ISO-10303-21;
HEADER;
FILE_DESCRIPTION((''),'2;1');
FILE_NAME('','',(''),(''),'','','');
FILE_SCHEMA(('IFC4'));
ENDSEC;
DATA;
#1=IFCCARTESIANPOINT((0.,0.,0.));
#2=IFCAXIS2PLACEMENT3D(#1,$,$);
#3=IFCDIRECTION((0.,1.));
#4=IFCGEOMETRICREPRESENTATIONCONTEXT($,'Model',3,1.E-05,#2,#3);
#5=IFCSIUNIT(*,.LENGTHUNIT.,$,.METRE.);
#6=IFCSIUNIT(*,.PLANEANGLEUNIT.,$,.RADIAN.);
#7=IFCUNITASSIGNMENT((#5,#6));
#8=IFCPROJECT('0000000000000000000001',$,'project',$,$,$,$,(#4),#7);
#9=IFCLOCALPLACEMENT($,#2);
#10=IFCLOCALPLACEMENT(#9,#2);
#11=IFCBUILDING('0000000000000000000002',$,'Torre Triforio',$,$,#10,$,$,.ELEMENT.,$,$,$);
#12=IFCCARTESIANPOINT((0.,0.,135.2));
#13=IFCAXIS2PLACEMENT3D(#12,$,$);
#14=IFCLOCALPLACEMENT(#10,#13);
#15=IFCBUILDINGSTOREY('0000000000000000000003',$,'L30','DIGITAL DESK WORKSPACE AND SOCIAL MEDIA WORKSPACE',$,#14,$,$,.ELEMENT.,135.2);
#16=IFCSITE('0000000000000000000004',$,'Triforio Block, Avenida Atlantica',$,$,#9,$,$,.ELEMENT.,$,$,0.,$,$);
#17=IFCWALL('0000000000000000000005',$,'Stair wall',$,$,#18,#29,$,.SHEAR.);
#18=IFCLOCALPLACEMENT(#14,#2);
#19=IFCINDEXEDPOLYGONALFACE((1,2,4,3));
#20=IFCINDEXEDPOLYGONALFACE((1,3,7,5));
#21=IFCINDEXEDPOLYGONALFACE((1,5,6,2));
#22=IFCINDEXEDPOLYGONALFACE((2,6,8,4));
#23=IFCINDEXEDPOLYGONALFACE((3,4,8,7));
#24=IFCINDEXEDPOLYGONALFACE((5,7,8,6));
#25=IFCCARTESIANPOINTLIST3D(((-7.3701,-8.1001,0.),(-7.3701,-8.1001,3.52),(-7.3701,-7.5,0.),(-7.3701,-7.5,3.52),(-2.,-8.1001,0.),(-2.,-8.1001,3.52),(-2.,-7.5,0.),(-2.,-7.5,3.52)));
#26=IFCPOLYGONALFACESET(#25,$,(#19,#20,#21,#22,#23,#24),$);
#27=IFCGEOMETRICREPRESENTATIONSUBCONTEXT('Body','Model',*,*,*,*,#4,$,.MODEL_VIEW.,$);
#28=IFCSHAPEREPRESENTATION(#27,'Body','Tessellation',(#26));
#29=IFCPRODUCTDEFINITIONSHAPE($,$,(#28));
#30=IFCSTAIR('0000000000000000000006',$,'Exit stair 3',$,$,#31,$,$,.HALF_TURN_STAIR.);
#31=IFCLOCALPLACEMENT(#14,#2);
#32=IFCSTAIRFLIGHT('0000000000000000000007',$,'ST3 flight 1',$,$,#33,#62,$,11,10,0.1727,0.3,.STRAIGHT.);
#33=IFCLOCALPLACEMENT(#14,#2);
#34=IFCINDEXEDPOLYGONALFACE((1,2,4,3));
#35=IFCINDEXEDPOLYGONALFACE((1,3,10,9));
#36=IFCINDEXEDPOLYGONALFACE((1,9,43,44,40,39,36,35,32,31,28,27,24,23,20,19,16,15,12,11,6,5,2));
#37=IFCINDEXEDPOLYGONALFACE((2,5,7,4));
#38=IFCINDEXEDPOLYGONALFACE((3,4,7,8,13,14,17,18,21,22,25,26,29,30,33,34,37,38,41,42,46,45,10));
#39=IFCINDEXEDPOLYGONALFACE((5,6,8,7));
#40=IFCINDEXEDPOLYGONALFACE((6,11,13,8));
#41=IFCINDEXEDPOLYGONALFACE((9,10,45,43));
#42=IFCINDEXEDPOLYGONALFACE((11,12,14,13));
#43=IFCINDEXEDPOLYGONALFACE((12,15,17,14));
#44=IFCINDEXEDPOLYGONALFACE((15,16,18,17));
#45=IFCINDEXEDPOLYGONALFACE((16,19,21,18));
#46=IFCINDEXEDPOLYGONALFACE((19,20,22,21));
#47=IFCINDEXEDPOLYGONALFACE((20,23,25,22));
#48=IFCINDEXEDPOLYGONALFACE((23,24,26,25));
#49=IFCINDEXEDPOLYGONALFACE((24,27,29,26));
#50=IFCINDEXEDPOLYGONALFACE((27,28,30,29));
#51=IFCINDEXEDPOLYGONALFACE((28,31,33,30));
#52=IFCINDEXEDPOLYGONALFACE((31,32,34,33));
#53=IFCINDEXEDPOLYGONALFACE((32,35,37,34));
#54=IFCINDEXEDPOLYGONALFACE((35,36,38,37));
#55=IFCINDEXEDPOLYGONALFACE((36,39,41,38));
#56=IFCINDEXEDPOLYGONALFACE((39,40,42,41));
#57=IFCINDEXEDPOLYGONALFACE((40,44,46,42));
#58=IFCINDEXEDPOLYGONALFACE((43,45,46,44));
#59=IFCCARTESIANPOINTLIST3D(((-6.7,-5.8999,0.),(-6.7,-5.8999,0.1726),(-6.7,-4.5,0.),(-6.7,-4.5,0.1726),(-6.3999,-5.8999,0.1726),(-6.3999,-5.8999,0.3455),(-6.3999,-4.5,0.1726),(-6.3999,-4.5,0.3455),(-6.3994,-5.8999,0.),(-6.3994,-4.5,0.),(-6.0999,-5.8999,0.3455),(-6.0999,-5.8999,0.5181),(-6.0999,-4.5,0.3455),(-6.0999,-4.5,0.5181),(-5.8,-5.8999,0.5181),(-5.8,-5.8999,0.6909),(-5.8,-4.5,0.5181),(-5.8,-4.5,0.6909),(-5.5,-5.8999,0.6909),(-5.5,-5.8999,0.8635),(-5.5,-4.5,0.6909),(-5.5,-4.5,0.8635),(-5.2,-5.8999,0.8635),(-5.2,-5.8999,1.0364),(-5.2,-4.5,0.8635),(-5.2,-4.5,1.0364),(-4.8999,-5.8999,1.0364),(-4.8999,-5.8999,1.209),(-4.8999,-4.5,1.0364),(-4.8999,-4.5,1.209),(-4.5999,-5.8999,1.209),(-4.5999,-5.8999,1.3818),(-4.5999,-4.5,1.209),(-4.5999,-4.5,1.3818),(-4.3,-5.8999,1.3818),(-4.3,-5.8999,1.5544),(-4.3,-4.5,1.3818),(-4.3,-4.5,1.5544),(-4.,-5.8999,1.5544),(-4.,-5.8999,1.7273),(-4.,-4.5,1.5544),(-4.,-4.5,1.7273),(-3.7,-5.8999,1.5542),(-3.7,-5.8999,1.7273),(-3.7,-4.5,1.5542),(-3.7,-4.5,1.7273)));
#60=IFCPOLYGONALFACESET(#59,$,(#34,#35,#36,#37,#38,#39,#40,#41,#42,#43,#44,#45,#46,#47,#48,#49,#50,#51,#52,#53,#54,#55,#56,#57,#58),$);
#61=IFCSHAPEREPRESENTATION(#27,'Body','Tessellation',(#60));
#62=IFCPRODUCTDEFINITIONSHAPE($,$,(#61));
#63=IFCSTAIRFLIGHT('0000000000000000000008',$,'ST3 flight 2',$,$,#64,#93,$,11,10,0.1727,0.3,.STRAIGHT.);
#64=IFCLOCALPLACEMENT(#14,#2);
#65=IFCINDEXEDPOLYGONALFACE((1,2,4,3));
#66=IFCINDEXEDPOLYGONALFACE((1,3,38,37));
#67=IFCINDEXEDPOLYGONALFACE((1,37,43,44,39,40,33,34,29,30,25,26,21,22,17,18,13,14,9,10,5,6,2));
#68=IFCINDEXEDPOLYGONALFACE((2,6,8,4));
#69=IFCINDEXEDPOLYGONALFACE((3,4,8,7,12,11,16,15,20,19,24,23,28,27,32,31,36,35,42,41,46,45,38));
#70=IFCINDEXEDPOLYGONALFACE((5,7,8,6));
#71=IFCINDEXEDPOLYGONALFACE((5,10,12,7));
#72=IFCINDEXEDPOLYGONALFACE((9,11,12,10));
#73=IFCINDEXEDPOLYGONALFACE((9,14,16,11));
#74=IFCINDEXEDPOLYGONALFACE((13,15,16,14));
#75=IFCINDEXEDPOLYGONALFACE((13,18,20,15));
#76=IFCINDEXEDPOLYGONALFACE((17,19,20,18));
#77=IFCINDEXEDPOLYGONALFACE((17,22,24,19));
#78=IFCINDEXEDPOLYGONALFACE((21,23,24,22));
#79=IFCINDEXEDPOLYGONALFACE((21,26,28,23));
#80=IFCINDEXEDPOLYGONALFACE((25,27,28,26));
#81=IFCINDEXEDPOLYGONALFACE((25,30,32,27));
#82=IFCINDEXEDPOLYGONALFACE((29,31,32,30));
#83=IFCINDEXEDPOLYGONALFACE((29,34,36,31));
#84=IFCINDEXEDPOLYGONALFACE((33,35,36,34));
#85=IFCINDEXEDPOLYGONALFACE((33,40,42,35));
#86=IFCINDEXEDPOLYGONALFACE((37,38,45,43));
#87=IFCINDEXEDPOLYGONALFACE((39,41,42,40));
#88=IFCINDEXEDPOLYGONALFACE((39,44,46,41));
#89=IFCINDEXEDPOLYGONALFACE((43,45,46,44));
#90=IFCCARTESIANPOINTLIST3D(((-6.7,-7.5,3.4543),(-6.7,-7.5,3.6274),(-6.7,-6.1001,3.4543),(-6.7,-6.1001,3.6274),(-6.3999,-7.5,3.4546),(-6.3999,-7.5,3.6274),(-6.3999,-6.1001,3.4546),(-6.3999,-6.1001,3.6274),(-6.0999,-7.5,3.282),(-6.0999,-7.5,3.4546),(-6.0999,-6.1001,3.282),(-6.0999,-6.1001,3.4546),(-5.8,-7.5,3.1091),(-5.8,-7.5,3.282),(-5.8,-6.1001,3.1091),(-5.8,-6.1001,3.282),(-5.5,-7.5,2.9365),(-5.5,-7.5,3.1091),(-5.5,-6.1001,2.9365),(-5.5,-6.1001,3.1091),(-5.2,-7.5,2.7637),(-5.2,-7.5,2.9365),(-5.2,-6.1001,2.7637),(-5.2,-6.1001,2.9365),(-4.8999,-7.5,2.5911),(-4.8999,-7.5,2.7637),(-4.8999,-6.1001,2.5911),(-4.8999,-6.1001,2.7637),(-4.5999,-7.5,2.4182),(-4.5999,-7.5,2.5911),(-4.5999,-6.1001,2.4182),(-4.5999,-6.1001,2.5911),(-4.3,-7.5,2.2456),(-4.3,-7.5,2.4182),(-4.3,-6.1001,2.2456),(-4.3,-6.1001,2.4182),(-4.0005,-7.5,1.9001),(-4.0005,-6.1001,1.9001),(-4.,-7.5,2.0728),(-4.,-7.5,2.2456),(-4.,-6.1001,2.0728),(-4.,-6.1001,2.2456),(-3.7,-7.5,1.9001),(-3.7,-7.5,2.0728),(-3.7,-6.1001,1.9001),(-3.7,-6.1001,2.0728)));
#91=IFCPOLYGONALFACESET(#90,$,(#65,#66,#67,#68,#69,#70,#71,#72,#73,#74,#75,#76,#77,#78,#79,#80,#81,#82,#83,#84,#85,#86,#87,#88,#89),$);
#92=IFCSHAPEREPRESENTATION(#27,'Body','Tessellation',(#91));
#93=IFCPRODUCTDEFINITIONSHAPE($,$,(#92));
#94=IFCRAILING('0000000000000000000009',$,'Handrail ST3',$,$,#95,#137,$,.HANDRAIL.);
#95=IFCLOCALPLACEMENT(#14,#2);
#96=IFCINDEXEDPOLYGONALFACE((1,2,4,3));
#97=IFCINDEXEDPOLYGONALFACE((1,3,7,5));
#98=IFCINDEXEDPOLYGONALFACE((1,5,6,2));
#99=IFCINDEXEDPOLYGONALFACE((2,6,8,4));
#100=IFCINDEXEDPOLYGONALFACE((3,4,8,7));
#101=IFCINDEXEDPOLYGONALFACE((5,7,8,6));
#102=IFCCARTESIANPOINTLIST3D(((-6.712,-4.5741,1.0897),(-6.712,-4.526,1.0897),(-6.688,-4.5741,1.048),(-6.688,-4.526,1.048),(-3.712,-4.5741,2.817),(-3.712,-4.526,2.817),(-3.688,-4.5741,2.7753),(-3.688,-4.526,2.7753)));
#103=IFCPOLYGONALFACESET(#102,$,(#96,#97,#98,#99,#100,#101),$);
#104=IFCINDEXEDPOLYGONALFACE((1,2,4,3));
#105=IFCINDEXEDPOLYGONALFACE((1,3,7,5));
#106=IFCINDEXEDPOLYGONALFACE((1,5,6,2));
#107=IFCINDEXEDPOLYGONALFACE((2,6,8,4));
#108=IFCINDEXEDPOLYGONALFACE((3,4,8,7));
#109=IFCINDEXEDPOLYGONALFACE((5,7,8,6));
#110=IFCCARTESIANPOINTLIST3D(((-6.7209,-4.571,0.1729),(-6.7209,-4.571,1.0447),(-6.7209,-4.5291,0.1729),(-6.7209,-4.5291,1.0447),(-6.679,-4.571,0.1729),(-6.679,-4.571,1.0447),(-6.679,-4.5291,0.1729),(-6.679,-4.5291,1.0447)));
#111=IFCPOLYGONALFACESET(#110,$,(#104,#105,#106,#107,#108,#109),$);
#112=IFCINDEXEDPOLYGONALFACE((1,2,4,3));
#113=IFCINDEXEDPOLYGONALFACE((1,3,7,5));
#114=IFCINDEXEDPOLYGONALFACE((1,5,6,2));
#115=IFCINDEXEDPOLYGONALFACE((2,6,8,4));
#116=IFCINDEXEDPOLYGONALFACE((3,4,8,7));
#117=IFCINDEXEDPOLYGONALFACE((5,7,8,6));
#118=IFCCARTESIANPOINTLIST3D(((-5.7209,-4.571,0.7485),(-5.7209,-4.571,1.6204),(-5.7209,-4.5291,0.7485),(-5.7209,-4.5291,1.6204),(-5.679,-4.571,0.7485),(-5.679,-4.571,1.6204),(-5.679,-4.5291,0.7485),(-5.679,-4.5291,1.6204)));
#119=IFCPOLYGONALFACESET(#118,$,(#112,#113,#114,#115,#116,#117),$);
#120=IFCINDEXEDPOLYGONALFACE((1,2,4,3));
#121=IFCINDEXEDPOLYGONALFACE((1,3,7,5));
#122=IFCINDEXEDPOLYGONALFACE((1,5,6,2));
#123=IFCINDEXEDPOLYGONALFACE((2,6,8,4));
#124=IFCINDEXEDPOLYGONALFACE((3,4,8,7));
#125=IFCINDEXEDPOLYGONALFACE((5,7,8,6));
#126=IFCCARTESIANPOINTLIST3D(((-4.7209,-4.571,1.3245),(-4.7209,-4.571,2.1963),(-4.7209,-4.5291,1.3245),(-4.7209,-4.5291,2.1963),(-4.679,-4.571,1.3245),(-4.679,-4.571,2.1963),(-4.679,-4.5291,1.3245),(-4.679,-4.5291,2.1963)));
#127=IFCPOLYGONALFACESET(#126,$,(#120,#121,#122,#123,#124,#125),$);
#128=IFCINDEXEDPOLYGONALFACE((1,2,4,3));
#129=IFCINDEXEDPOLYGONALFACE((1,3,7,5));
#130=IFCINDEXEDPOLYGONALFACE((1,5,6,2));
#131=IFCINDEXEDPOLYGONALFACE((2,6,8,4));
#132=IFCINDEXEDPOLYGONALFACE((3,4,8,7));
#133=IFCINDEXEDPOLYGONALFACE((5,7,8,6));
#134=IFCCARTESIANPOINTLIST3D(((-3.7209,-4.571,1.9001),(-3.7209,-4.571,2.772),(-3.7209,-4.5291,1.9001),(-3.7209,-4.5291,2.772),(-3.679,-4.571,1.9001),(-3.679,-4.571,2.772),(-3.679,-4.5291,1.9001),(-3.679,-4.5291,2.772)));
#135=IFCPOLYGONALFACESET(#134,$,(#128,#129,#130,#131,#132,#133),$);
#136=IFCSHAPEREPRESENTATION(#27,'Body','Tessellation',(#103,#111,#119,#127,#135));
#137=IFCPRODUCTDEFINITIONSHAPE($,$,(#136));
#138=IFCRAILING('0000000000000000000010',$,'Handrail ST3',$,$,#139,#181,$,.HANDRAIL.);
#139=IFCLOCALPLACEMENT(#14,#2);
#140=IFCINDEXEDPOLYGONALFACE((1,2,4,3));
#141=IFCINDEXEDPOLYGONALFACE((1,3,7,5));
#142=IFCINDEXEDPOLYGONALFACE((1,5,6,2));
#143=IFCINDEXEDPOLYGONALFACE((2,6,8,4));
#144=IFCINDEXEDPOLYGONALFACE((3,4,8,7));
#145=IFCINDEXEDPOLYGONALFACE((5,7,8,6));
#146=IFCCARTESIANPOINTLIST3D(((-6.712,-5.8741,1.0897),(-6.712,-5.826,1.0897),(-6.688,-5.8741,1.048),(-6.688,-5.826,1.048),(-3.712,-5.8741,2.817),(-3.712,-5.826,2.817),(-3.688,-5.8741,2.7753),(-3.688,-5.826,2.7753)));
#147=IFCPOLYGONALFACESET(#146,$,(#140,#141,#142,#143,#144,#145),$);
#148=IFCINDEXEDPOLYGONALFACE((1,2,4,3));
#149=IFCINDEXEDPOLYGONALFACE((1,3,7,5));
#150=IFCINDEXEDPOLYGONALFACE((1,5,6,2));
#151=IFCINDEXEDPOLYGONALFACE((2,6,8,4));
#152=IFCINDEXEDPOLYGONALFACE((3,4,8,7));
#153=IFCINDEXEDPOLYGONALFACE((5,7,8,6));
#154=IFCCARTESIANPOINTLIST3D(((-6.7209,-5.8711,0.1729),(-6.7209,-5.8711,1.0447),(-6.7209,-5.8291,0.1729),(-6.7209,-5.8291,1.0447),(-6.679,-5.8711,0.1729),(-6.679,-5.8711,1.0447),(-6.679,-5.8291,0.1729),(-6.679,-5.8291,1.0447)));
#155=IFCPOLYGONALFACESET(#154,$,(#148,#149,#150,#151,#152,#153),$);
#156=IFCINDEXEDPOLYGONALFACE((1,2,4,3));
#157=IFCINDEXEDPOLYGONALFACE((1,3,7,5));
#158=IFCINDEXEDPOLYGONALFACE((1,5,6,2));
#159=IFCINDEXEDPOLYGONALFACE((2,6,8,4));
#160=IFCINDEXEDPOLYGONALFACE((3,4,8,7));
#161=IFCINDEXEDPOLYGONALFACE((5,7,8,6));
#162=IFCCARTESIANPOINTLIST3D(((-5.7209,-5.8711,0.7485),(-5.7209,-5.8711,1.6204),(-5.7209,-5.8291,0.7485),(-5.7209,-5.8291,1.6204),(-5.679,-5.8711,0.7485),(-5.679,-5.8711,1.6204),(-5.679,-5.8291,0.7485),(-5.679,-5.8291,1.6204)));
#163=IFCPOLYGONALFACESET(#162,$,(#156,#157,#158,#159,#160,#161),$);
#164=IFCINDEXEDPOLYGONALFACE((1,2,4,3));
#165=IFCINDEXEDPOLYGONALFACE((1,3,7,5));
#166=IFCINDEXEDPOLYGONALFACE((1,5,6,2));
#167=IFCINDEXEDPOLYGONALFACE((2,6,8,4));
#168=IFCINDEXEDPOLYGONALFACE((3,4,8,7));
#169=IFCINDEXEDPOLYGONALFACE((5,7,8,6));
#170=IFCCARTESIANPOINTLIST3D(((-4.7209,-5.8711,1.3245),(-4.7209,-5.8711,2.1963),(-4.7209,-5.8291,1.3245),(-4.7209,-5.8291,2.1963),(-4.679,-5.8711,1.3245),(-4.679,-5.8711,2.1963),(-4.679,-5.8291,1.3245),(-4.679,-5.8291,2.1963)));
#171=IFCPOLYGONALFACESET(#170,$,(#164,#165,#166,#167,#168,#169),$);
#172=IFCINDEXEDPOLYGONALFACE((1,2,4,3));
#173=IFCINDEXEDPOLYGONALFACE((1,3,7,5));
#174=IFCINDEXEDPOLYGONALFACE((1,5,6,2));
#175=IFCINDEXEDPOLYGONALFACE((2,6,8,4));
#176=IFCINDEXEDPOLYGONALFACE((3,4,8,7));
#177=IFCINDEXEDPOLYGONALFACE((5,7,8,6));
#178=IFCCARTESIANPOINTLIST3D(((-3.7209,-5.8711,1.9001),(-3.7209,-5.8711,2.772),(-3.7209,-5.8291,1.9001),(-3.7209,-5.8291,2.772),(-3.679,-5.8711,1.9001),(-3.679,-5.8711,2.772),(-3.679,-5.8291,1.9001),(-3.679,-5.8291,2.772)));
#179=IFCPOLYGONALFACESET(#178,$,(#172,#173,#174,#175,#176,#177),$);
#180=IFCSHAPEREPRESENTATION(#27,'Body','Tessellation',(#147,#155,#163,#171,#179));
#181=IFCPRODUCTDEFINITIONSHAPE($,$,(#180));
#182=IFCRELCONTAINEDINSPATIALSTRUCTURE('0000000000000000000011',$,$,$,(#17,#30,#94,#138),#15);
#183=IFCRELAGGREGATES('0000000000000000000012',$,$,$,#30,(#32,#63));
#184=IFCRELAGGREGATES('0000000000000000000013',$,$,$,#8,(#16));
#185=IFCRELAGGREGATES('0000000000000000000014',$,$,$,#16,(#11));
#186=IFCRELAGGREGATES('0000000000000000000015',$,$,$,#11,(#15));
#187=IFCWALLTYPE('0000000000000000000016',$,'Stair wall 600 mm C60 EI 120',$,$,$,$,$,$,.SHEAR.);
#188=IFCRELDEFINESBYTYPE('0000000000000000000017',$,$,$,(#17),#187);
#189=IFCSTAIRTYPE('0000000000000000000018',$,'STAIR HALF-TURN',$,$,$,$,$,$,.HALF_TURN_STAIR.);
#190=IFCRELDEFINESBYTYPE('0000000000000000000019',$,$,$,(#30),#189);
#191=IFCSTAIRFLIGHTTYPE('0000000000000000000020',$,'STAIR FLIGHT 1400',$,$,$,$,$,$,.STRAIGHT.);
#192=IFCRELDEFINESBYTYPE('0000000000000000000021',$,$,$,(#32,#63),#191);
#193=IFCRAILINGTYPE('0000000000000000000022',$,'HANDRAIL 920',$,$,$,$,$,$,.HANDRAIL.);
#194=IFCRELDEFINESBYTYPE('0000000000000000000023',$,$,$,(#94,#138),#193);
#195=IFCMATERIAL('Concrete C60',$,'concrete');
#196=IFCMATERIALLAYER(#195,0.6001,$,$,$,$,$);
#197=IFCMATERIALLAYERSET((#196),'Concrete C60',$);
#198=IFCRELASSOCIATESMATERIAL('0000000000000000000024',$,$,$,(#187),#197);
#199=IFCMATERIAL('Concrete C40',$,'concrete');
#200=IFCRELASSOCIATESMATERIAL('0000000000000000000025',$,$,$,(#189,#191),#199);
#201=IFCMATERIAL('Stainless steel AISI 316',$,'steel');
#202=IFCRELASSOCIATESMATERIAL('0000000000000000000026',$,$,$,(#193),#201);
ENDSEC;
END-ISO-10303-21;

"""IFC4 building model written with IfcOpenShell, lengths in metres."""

from ifc_helpers import new_model, si_unit, direction, frame, frame_2d, origin, origin_2d, place, context, subcontext, project, spatial, polyline, rectangle, outline, extrude, material, layer, layer_set, type_object, element, aggregate, save


model = new_model("IFC4")

# Units and contexts
model_context = context("Model", 3, precision=1e-05, world=origin(), true_north=direction((0.0, 1.0)))
body_context = subcontext(model_context, "Body", "Model", "MODEL_VIEW")
ifc_project = project(units=[si_unit("LENGTHUNIT", "METRE"), si_unit("PLANEANGLEUNIT", "RADIAN")], contexts=[model_context])

# Site, building, storey
site_placement = place(None, origin())
site = spatial("IfcSite", under=ifc_project, at=site_placement, Name="Triforio Block, Avenida Atlantica", CompositionType="ELEMENT", RefElevation=0.0)
building_placement = place(site_placement, origin())
building = spatial("IfcBuilding", under=site, at=building_placement, Name="Torre Triforio", CompositionType="ELEMENT")
storey_placement = place(building_placement, frame((0.0, 0.0, 135.2)))
storey = spatial("IfcBuildingStorey", under=building, at=storey_placement, Name="L30", Description="DIGITAL DESK WORKSPACE AND SOCIAL MEDIA WORKSPACE", CompositionType="ELEMENT", Elevation=135.2)

# Shared definitions
ifc_material_1 = material(Name="Concrete C60", Category="concrete")

# Wall
ifc_layer_1 = layer(ifc_material_1, 0.6001)
ifc_layer_set_1 = layer_set([ifc_layer_1], Name="Concrete C60")
wall_type_1 = type_object("IfcWallType", Name="Stair wall 600 mm C60 EI 120", PredefinedType="SHEAR", material=ifc_layer_set_1)
wall_1_placement = place(storey_placement, frame((-7.3701, -7.8, 0.0), z_axis=(0.0, 0.0, 1.0), x_axis=(1.0, 0.0, 0.0)))
element("IfcWall", 1, at=wall_1_placement, inside=storey, type_object=wall_type_1, Name="Stair wall", PredefinedType="SHEAR", context=body_context, shape_type="SweptSolid", body=[
    extrude(rectangle(XDim=5.3701, YDim=0.6001, at=frame_2d((2.6851, 0.0))), origin(), (0.0, 0.0, 1.0), 3.52),
])

# Stair, stair flights
ifc_material_2 = material(Name="Concrete C40", Category="concrete")
stair_type = type_object("IfcStairType", Name="STAIR HALF-TURN", PredefinedType="HALF_TURN_STAIR", material=ifc_material_2)
stair_placement = place(storey_placement, origin())
stair = element("IfcStair", 2, at=stair_placement, inside=storey, type_object=stair_type, Name="Exit stair 3", PredefinedType="HALF_TURN_STAIR")
stair_flight_type = type_object("IfcStairFlightType", Name="STAIR FLIGHT 1400", PredefinedType="STRAIGHT", material=ifc_material_2)
stair_flight_1_placement = place(storey_placement, frame((-6.7, -5.2, 0.0), z_axis=(0.0, 0.0, 1.0), x_axis=(1.0, 0.0, 0.0)))
stair_flight_1 = element("IfcStairFlight", 3, at=stair_flight_1_placement, type_object=stair_flight_type, Name="ST3 flight 1", NumberOfRisers=11, NumberOfTreads=10, PredefinedType="STRAIGHT", RiserHeight=0.1727, TreadLength=0.3, context=body_context, shape_type="SweptSolid", body=[
    extrude(outline(polyline([(0.0, 0.0), (0.0, 0.1726), (0.3, 0.1726), (0.3, 0.3455), (0.6001, 0.3455), (0.6001, 0.5181), (0.8999, 0.5181), (0.8999, 0.6909), (1.2, 0.6909), (1.2, 0.8635), (1.5, 0.8635), (1.5, 1.0364), (1.8, 1.0364), (1.8, 1.209), (2.1001, 1.209), (2.1001, 1.3818), (2.3999, 1.3818), (2.3999, 1.5544), (2.7, 1.5544), (2.7, 1.7273), (3.0, 1.7273), (3.0, 1.8999), (3.0, 1.5542), (0.3005, 0.0), (0.0, 0.0)])), frame((0.0, 0.7, 0.0), z_axis=(0.0, -1.0, 0.0), x_axis=(1.0, 0.0, 0.0)), (0.0, 0.0, 1.0), 1.3999),
])
stair_flight_2_placement = place(storey_placement, frame((-3.7, -6.8, 1.9001), z_axis=(0.0, 0.0, 1.0), x_axis=(-1.0, 0.0, 0.0)))
stair_flight_2 = element("IfcStairFlight", 4, at=stair_flight_2_placement, type_object=stair_flight_type, Name="ST3 flight 2", NumberOfRisers=11, NumberOfTreads=10, PredefinedType="STRAIGHT", RiserHeight=0.1727, TreadLength=0.3, context=body_context, shape_type="SweptSolid", body=[
    extrude(outline(polyline([(0.0, 0.0), (0.0, 0.1726), (0.3, 0.1726), (0.3, 0.3455), (0.6001, 0.3455), (0.6001, 0.5181), (0.8999, 0.5181), (0.8999, 0.6909), (1.2, 0.6909), (1.2, 0.8635), (1.5, 0.8635), (1.5, 1.0364), (1.8, 1.0364), (1.8, 1.209), (2.1001, 1.209), (2.1001, 1.3818), (2.3999, 1.3818), (2.3999, 1.5544), (2.7, 1.5544), (2.7, 1.7273), (3.0, 1.7273), (3.0, 1.8999), (3.0, 1.5542), (0.3005, 0.0), (0.0, 0.0)])), frame((0.0, 0.7, 0.0), z_axis=(0.0, -1.0, 0.0), x_axis=(1.0, 0.0, 0.0)), (0.0, 0.0, 1.0), 1.3999),
])
aggregate(stair, [stair_flight_1, stair_flight_2])

# Railings
ifc_material_3 = material(Name="Stainless steel AISI 316", Category="steel")
railing_type = type_object("IfcRailingType", Name="HANDRAIL 920", PredefinedType="HANDRAIL", material=ifc_material_3)
for number, where, name in (
    (5, (-6.7, -4.55, 0.1729), "Handrail ST3"),
    (6, (-6.7, -5.8501, 0.1729), "Handrail ST3"),
):
    element("IfcRailing", number, at=place(storey_placement, frame(where)), inside=storey, type_object=railing_type, Name=name, PredefinedType="HANDRAIL", context=body_context, shape_type="SweptSolid", body=[
        extrude(rectangle(XDim=0.0481, YDim=0.0481, at=origin_2d()), frame((0.0, 0.0, 0.896), z_axis=(0.86662, 0.0, 0.498969), x_axis=(0.0, 1.0, 0.0)), (0.0, 0.0, 1.0), 3.4617),
        extrude(rectangle(XDim=0.042, YDim=0.042, at=origin_2d()), origin(), (0.0, 0.0, 1.0), 0.8718),
        extrude(rectangle(XDim=0.042, YDim=0.042, at=origin_2d()), frame((1.0, 0.0, 0.5757)), (0.0, 0.0, 1.0), 0.8718),
        extrude(rectangle(XDim=0.042, YDim=0.042, at=origin_2d()), frame((2.0, 0.0, 1.1516)), (0.0, 0.0, 1.0), 0.8718),
        extrude(rectangle(XDim=0.042, YDim=0.042, at=origin_2d()), frame((3.0, 0.0, 1.7273)), (0.0, 0.0, 1.0), 0.8718),
    ])

save(model, "model.ifc")
